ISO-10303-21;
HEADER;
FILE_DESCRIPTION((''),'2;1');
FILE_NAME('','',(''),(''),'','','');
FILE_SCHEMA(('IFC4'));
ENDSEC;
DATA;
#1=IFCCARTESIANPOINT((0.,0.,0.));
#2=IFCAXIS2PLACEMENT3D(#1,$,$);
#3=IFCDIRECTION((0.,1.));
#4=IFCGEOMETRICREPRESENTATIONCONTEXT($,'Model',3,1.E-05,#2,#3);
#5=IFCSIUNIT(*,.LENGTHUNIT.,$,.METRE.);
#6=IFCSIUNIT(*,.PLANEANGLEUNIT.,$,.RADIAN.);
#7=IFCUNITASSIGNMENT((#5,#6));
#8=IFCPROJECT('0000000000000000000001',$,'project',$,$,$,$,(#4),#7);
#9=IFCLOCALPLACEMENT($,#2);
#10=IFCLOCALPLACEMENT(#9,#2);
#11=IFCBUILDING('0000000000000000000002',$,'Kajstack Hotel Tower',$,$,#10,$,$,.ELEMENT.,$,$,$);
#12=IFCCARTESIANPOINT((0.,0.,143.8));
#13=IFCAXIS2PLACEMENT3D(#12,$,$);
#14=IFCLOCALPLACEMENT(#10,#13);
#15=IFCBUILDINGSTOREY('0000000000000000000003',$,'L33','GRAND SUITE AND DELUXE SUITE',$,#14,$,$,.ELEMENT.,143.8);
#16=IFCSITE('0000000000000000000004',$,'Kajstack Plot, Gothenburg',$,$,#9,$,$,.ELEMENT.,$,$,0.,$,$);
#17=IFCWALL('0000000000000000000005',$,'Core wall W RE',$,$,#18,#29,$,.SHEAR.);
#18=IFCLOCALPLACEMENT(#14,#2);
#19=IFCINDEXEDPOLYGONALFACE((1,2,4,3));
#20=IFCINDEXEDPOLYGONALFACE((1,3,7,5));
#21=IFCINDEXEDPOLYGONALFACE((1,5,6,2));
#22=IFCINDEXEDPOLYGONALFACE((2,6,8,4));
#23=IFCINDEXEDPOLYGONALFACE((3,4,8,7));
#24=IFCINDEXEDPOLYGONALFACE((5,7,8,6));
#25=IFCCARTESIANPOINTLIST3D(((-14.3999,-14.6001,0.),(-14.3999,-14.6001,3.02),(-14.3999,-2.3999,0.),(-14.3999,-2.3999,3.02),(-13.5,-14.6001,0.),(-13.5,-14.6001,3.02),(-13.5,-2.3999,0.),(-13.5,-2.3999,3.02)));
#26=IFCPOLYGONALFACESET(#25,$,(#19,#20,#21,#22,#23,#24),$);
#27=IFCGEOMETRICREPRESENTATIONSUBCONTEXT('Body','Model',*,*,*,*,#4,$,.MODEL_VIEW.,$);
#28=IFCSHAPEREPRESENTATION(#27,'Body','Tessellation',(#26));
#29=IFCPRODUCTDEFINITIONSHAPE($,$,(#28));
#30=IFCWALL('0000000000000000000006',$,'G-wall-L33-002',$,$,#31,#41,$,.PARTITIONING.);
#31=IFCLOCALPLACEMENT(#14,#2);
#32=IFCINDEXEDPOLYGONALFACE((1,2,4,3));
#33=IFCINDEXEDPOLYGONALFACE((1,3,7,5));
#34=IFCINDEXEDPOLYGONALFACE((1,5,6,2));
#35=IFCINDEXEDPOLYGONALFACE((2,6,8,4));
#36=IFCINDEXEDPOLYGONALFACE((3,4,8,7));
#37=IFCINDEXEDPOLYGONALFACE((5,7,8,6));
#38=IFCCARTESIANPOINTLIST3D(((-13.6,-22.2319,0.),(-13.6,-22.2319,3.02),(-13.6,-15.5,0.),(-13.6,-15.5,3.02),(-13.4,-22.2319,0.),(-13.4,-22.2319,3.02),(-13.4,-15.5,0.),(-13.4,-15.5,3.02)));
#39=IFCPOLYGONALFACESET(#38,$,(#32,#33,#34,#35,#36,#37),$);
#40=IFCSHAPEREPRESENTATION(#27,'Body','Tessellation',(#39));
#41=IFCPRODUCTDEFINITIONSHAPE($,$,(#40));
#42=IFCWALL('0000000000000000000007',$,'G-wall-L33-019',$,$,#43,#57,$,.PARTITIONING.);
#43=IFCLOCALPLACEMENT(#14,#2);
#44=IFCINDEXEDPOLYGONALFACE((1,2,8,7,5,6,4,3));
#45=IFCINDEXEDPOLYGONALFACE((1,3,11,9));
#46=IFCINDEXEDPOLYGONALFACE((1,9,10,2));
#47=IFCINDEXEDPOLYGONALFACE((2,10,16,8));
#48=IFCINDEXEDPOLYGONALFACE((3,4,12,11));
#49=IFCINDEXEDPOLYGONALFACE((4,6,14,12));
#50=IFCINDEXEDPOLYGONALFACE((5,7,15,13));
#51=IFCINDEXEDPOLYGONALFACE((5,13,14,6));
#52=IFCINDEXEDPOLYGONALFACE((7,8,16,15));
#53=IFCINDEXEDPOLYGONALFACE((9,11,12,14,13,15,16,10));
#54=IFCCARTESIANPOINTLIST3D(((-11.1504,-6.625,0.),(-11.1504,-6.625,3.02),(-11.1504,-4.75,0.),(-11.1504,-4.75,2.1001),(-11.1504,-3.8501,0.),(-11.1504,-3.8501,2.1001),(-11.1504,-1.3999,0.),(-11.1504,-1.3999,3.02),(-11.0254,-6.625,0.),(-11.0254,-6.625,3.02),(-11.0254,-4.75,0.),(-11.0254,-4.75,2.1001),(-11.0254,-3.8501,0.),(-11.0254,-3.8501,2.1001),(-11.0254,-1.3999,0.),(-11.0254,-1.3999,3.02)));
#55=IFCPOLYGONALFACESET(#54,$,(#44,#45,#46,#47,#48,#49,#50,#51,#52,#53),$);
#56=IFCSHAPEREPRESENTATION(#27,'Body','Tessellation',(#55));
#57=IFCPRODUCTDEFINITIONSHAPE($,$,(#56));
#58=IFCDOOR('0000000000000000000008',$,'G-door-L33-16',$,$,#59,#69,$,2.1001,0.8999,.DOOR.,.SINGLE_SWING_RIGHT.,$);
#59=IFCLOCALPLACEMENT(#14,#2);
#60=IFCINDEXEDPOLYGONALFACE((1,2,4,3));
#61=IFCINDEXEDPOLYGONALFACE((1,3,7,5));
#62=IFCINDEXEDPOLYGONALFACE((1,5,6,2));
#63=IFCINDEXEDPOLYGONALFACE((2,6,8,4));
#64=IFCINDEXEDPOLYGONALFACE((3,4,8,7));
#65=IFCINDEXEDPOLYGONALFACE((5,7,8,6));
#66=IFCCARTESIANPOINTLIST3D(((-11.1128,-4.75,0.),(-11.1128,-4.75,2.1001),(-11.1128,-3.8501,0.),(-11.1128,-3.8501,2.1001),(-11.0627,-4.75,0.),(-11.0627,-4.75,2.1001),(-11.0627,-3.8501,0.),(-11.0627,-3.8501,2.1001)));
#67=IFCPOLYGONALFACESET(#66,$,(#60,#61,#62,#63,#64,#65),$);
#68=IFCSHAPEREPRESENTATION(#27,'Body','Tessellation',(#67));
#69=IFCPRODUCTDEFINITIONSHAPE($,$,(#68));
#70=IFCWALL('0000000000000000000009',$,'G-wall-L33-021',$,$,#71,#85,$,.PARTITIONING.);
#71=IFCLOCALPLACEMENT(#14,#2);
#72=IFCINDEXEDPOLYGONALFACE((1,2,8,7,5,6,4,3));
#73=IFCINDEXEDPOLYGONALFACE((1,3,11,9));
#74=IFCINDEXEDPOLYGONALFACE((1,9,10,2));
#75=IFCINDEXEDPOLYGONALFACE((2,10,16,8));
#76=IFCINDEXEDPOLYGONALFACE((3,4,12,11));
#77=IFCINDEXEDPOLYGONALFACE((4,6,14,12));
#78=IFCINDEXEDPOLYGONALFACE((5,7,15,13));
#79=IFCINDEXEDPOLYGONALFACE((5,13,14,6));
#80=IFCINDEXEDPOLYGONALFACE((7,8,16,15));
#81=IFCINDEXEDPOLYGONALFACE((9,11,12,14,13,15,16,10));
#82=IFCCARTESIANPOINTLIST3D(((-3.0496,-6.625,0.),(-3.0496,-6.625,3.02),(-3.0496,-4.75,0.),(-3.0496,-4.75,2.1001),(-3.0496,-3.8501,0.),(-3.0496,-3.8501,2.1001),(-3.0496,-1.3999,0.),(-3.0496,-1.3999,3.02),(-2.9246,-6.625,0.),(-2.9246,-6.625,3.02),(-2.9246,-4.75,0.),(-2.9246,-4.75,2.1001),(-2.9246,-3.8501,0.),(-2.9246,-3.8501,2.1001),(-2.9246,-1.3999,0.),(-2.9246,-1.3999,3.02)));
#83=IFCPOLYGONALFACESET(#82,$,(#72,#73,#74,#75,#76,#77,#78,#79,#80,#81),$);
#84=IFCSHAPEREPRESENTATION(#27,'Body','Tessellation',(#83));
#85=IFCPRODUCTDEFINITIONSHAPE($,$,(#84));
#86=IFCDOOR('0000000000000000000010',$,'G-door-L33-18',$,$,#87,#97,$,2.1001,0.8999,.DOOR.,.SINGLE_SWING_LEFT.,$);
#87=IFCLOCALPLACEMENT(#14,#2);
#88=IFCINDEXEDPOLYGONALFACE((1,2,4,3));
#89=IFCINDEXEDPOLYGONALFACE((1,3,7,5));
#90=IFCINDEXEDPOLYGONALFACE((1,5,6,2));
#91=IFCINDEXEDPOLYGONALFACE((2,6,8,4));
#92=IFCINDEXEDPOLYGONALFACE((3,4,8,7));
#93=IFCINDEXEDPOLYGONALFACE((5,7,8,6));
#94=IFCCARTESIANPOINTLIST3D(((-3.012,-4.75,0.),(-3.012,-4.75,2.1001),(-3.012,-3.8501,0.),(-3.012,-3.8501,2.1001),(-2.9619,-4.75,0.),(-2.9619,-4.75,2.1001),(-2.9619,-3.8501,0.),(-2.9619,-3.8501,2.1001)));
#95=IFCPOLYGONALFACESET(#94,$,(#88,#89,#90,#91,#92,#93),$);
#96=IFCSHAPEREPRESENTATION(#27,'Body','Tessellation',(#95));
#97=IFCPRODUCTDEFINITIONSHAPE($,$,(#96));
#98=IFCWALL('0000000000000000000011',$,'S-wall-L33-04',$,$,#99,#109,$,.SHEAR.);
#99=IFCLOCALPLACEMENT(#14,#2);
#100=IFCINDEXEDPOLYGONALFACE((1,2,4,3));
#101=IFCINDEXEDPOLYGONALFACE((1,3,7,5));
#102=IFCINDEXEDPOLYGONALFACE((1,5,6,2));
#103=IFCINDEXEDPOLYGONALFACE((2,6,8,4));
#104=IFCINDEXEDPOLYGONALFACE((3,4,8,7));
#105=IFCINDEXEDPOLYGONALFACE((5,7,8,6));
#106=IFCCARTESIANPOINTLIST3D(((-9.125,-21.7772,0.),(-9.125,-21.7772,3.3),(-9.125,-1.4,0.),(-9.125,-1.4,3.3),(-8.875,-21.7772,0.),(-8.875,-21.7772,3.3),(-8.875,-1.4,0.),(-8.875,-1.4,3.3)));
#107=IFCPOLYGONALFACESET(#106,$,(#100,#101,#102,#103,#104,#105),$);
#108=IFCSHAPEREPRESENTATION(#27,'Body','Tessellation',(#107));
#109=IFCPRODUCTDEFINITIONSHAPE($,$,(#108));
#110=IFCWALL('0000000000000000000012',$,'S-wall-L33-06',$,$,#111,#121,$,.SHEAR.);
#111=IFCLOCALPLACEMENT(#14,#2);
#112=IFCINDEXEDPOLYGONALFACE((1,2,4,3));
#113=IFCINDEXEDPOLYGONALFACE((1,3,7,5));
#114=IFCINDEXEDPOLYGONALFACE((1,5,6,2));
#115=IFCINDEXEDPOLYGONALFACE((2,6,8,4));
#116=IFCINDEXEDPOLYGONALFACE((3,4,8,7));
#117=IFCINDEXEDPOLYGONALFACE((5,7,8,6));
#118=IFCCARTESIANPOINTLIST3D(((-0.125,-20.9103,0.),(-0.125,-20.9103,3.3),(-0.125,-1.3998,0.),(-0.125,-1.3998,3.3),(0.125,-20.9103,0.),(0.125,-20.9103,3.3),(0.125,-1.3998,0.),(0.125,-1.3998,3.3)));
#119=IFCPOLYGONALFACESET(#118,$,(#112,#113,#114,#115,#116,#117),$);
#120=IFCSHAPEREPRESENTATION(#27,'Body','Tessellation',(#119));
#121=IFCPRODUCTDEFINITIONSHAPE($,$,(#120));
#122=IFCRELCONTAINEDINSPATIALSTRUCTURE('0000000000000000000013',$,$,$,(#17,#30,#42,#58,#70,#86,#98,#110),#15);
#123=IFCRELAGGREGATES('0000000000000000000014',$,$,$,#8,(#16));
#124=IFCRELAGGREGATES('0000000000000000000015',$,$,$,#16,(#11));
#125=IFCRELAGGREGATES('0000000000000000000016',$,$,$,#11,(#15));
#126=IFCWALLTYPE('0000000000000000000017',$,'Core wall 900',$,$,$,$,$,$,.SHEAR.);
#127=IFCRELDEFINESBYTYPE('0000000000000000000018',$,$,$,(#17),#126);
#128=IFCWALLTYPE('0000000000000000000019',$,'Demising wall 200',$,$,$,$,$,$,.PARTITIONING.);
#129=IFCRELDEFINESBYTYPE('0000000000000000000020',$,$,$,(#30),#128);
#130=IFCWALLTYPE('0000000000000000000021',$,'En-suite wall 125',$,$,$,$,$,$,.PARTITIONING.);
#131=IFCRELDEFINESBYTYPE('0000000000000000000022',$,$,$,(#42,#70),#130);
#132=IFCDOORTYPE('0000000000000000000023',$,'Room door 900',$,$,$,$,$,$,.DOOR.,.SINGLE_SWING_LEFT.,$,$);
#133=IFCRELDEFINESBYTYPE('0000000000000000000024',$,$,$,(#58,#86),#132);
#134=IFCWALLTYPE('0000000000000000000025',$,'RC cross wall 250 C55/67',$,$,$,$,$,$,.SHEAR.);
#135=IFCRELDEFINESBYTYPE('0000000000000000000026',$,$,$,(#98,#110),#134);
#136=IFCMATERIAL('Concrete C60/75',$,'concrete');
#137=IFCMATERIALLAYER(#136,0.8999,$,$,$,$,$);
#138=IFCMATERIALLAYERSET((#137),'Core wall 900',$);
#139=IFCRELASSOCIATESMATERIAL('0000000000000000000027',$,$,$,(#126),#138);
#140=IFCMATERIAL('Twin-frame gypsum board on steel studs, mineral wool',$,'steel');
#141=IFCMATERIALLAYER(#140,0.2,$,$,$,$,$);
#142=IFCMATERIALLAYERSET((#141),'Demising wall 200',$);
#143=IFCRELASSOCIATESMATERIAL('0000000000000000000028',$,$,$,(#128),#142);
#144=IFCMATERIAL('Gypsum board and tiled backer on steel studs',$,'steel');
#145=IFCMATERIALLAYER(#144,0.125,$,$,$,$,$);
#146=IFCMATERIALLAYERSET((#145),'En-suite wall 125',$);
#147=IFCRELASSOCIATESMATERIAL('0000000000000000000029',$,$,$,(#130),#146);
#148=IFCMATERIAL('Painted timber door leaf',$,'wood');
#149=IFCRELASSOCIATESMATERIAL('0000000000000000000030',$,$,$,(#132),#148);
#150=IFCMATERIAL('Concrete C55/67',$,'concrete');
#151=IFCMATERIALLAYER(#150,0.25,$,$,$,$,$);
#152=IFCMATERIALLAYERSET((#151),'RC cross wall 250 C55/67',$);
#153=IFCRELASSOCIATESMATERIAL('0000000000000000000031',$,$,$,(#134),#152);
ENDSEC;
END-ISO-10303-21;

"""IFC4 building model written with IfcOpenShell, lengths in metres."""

from ifc_helpers import new_model, si_unit, direction, frame, frame_2d, origin, place, context, subcontext, project, spatial, rectangle, extrude, material, layer, layer_set, type_object, element, fill, save


model = new_model("IFC4")

# Units and contexts
model_context = context("Model", 3, precision=1e-05, world=origin(), true_north=direction((0.0, 1.0)))
body_context = subcontext(model_context, "Body", "Model", "MODEL_VIEW")
ifc_project = project(units=[si_unit("LENGTHUNIT", "METRE"), si_unit("PLANEANGLEUNIT", "RADIAN")], contexts=[model_context])

# Site, building, storey
site_placement = place(None, origin())
site = spatial("IfcSite", under=ifc_project, at=site_placement, Name="Kajstack Plot, Gothenburg", CompositionType="ELEMENT", RefElevation=0.0)
building_placement = place(site_placement, origin())
building = spatial("IfcBuilding", under=site, at=building_placement, Name="Kajstack Hotel Tower", CompositionType="ELEMENT")
storey_placement = place(building_placement, frame((0.0, 0.0, 143.8)))
storey = spatial("IfcBuildingStorey", under=building, at=storey_placement, Name="L33", Description="GRAND SUITE AND DELUXE SUITE", CompositionType="ELEMENT", Elevation=143.8)

# Walls
ifc_material_1 = material(Name="Concrete C60/75", Category="concrete")
ifc_layer_1 = layer(ifc_material_1, 0.8999)
ifc_layer_set_1 = layer_set([ifc_layer_1], Name="Core wall 900")
wall_type_1 = type_object("IfcWallType", Name="Core wall 900", PredefinedType="SHEAR", material=ifc_layer_set_1)
wall_1_placement = place(storey_placement, frame((-13.95, -14.6001, 0.0), z_axis=(0.0, 0.0, 1.0), x_axis=(0.0, 1.0, 0.0)))
element("IfcWall", 1, at=wall_1_placement, inside=storey, type_object=wall_type_1, Name="Core wall W RE", PredefinedType="SHEAR", context=body_context, shape_type="SweptSolid", body=[
    extrude(rectangle(XDim=12.2002, YDim=0.8999, at=frame_2d((6.1001, 0.0))), origin(), (0.0, 0.0, 1.0), 3.02),
])
ifc_material_2 = material(Name="Twin-frame gypsum board on steel studs, mineral wool", Category="steel")
ifc_layer_2 = layer(ifc_material_2, 0.2)
ifc_layer_set_2 = layer_set([ifc_layer_2], Name="Demising wall 200")
wall_type_2 = type_object("IfcWallType", Name="Demising wall 200", PredefinedType="PARTITIONING", material=ifc_layer_set_2)
wall_2_placement = place(storey_placement, frame((-13.5, -22.2319, 0.0), z_axis=(0.0, 0.0, 1.0), x_axis=(0.0, 1.0, 0.0)))
element("IfcWall", 2, at=wall_2_placement, inside=storey, type_object=wall_type_2, Name="G-wall-L33-002", PredefinedType="PARTITIONING", context=body_context, shape_type="SweptSolid", body=[
    extrude(rectangle(XDim=6.7319, YDim=0.2, at=frame_2d((3.366, 0.0))), origin(), (0.0, 0.0, 1.0), 3.02),
])

# Walls, openings, doors
ifc_material_3 = material(Name="Gypsum board and tiled backer on steel studs", Category="steel")
ifc_layer_3 = layer(ifc_material_3, 0.125)
ifc_layer_set_3 = layer_set([ifc_layer_3], Name="En-suite wall 125")
wall_type_3 = type_object("IfcWallType", Name="En-suite wall 125", PredefinedType="PARTITIONING", material=ifc_layer_set_3)
wall_3_placement = place(storey_placement, frame((-11.0879, -6.625, 0.0), z_axis=(0.0, 0.0, 1.0), x_axis=(0.0, 1.0, 0.0)))
wall_3 = element("IfcWall", 3, at=wall_3_placement, inside=storey, type_object=wall_type_3, Name="G-wall-L33-019", PredefinedType="PARTITIONING", context=body_context, shape_type="SweptSolid", body=[
    extrude(rectangle(XDim=5.2251, YDim=0.125, at=frame_2d((2.6125, 0.0))), origin(), (0.0, 0.0, 1.0), 3.02),
])
opening_1_placement = place(wall_3_placement, frame((1.875, 0.0, 0.0)))
opening_1 = element("IfcOpeningElement", 4, at=opening_1_placement, cuts=wall_3, PredefinedType="OPENING", context=body_context, shape_type="SweptSolid", body=[
    extrude(rectangle(XDim=0.8999, YDim=2.1001, at=frame_2d((0.45, 1.05))), frame((0.0, 0.0725, 0.0), z_axis=(0.0, -1.0, 0.0), x_axis=(1.0, 0.0, 0.0)), (0.0, 0.0, 1.0), 0.145),
])
ifc_material_4 = material(Name="Painted timber door leaf", Category="wood")
door_type = type_object("IfcDoorType", Name="Room door 900", OperationType="SINGLE_SWING_LEFT", PredefinedType="DOOR", material=ifc_material_4)
door_1_placement = place(opening_1_placement, origin())
door_1 = element("IfcDoor", 5, at=door_1_placement, inside=storey, type_object=door_type, Name="G-door-L33-16", OperationType="SINGLE_SWING_RIGHT", OverallHeight=2.1001, OverallWidth=0.8999, PredefinedType="DOOR", context=body_context, shape_type="SweptSolid", body=[
    extrude(rectangle(XDim=0.8999, YDim=2.1001, at=frame_2d((0.45, 1.05))), frame((0.0, 0.0249, 0.0), z_axis=(0.0, -1.0, 0.0), x_axis=(1.0, 0.0, 0.0)), (0.0, 0.0, 1.0), 0.05),
])
fill(opening_1, door_1)
wall_4_placement = place(storey_placement, frame((-2.9871, -6.625, 0.0), z_axis=(0.0, 0.0, 1.0), x_axis=(0.0, 1.0, 0.0)))
wall_4 = element("IfcWall", 6, at=wall_4_placement, inside=storey, type_object=wall_type_3, Name="G-wall-L33-021", PredefinedType="PARTITIONING", context=body_context, shape_type="SweptSolid", body=[
    extrude(rectangle(XDim=5.2251, YDim=0.125, at=frame_2d((2.6125, 0.0))), origin(), (0.0, 0.0, 1.0), 3.02),
])
opening_2_placement = place(wall_4_placement, frame((1.875, 0.0, 0.0)))
opening_2 = element("IfcOpeningElement", 7, at=opening_2_placement, cuts=wall_4, PredefinedType="OPENING", context=body_context, shape_type="SweptSolid", body=[
    extrude(rectangle(XDim=0.8999, YDim=2.1001, at=frame_2d((0.45, 1.05))), frame((0.0, 0.0725, 0.0), z_axis=(0.0, -1.0, 0.0), x_axis=(1.0, 0.0, 0.0)), (0.0, 0.0, 1.0), 0.145),
])
door_2_placement = place(opening_2_placement, origin())
door_2 = element("IfcDoor", 8, at=door_2_placement, inside=storey, type_object=door_type, Name="G-door-L33-18", OperationType="SINGLE_SWING_LEFT", OverallHeight=2.1001, OverallWidth=0.8999, PredefinedType="DOOR", context=body_context, shape_type="SweptSolid", body=[
    extrude(rectangle(XDim=0.8999, YDim=2.1001, at=frame_2d((0.45, 1.05))), frame((0.0, 0.0249, 0.0), z_axis=(0.0, -1.0, 0.0), x_axis=(1.0, 0.0, 0.0)), (0.0, 0.0, 1.0), 0.05),
])
fill(opening_2, door_2)

# Walls
ifc_material_5 = material(Name="Concrete C55/67", Category="concrete")
ifc_layer_4 = layer(ifc_material_5, 0.25)
ifc_layer_set_4 = layer_set([ifc_layer_4], Name="RC cross wall 250 C55/67")
wall_type_4 = type_object("IfcWallType", Name="RC cross wall 250 C55/67", PredefinedType="SHEAR", material=ifc_layer_set_4)
wall_5_placement = place(storey_placement, frame((-9.0, -21.7771, 0.0), z_axis=(0.0, 0.0, 1.0), x_axis=(0.0, 1.0, 0.0)))
element("IfcWall", 9, at=wall_5_placement, inside=storey, type_object=wall_type_4, Name="S-wall-L33-04", PredefinedType="SHEAR", context=body_context, shape_type="SweptSolid", body=[
    extrude(rectangle(XDim=20.3772, YDim=0.25, at=frame_2d((10.1885, 0.0))), origin(), (0.0, 0.0, 1.0), 3.3),
])
wall_6_placement = place(storey_placement, frame((0.0, -20.9104, 0.0), z_axis=(0.0, 0.0, 1.0), x_axis=(0.0, 1.0, 0.0)))
element("IfcWall", 10, at=wall_6_placement, inside=storey, type_object=wall_type_4, Name="S-wall-L33-06", PredefinedType="SHEAR", context=body_context, shape_type="SweptSolid", body=[
    extrude(rectangle(XDim=19.5105, YDim=0.25, at=frame_2d((9.7554, 0.0))), origin(), (0.0, 0.0, 1.0), 3.3),
])

save(model, "model.ifc")
